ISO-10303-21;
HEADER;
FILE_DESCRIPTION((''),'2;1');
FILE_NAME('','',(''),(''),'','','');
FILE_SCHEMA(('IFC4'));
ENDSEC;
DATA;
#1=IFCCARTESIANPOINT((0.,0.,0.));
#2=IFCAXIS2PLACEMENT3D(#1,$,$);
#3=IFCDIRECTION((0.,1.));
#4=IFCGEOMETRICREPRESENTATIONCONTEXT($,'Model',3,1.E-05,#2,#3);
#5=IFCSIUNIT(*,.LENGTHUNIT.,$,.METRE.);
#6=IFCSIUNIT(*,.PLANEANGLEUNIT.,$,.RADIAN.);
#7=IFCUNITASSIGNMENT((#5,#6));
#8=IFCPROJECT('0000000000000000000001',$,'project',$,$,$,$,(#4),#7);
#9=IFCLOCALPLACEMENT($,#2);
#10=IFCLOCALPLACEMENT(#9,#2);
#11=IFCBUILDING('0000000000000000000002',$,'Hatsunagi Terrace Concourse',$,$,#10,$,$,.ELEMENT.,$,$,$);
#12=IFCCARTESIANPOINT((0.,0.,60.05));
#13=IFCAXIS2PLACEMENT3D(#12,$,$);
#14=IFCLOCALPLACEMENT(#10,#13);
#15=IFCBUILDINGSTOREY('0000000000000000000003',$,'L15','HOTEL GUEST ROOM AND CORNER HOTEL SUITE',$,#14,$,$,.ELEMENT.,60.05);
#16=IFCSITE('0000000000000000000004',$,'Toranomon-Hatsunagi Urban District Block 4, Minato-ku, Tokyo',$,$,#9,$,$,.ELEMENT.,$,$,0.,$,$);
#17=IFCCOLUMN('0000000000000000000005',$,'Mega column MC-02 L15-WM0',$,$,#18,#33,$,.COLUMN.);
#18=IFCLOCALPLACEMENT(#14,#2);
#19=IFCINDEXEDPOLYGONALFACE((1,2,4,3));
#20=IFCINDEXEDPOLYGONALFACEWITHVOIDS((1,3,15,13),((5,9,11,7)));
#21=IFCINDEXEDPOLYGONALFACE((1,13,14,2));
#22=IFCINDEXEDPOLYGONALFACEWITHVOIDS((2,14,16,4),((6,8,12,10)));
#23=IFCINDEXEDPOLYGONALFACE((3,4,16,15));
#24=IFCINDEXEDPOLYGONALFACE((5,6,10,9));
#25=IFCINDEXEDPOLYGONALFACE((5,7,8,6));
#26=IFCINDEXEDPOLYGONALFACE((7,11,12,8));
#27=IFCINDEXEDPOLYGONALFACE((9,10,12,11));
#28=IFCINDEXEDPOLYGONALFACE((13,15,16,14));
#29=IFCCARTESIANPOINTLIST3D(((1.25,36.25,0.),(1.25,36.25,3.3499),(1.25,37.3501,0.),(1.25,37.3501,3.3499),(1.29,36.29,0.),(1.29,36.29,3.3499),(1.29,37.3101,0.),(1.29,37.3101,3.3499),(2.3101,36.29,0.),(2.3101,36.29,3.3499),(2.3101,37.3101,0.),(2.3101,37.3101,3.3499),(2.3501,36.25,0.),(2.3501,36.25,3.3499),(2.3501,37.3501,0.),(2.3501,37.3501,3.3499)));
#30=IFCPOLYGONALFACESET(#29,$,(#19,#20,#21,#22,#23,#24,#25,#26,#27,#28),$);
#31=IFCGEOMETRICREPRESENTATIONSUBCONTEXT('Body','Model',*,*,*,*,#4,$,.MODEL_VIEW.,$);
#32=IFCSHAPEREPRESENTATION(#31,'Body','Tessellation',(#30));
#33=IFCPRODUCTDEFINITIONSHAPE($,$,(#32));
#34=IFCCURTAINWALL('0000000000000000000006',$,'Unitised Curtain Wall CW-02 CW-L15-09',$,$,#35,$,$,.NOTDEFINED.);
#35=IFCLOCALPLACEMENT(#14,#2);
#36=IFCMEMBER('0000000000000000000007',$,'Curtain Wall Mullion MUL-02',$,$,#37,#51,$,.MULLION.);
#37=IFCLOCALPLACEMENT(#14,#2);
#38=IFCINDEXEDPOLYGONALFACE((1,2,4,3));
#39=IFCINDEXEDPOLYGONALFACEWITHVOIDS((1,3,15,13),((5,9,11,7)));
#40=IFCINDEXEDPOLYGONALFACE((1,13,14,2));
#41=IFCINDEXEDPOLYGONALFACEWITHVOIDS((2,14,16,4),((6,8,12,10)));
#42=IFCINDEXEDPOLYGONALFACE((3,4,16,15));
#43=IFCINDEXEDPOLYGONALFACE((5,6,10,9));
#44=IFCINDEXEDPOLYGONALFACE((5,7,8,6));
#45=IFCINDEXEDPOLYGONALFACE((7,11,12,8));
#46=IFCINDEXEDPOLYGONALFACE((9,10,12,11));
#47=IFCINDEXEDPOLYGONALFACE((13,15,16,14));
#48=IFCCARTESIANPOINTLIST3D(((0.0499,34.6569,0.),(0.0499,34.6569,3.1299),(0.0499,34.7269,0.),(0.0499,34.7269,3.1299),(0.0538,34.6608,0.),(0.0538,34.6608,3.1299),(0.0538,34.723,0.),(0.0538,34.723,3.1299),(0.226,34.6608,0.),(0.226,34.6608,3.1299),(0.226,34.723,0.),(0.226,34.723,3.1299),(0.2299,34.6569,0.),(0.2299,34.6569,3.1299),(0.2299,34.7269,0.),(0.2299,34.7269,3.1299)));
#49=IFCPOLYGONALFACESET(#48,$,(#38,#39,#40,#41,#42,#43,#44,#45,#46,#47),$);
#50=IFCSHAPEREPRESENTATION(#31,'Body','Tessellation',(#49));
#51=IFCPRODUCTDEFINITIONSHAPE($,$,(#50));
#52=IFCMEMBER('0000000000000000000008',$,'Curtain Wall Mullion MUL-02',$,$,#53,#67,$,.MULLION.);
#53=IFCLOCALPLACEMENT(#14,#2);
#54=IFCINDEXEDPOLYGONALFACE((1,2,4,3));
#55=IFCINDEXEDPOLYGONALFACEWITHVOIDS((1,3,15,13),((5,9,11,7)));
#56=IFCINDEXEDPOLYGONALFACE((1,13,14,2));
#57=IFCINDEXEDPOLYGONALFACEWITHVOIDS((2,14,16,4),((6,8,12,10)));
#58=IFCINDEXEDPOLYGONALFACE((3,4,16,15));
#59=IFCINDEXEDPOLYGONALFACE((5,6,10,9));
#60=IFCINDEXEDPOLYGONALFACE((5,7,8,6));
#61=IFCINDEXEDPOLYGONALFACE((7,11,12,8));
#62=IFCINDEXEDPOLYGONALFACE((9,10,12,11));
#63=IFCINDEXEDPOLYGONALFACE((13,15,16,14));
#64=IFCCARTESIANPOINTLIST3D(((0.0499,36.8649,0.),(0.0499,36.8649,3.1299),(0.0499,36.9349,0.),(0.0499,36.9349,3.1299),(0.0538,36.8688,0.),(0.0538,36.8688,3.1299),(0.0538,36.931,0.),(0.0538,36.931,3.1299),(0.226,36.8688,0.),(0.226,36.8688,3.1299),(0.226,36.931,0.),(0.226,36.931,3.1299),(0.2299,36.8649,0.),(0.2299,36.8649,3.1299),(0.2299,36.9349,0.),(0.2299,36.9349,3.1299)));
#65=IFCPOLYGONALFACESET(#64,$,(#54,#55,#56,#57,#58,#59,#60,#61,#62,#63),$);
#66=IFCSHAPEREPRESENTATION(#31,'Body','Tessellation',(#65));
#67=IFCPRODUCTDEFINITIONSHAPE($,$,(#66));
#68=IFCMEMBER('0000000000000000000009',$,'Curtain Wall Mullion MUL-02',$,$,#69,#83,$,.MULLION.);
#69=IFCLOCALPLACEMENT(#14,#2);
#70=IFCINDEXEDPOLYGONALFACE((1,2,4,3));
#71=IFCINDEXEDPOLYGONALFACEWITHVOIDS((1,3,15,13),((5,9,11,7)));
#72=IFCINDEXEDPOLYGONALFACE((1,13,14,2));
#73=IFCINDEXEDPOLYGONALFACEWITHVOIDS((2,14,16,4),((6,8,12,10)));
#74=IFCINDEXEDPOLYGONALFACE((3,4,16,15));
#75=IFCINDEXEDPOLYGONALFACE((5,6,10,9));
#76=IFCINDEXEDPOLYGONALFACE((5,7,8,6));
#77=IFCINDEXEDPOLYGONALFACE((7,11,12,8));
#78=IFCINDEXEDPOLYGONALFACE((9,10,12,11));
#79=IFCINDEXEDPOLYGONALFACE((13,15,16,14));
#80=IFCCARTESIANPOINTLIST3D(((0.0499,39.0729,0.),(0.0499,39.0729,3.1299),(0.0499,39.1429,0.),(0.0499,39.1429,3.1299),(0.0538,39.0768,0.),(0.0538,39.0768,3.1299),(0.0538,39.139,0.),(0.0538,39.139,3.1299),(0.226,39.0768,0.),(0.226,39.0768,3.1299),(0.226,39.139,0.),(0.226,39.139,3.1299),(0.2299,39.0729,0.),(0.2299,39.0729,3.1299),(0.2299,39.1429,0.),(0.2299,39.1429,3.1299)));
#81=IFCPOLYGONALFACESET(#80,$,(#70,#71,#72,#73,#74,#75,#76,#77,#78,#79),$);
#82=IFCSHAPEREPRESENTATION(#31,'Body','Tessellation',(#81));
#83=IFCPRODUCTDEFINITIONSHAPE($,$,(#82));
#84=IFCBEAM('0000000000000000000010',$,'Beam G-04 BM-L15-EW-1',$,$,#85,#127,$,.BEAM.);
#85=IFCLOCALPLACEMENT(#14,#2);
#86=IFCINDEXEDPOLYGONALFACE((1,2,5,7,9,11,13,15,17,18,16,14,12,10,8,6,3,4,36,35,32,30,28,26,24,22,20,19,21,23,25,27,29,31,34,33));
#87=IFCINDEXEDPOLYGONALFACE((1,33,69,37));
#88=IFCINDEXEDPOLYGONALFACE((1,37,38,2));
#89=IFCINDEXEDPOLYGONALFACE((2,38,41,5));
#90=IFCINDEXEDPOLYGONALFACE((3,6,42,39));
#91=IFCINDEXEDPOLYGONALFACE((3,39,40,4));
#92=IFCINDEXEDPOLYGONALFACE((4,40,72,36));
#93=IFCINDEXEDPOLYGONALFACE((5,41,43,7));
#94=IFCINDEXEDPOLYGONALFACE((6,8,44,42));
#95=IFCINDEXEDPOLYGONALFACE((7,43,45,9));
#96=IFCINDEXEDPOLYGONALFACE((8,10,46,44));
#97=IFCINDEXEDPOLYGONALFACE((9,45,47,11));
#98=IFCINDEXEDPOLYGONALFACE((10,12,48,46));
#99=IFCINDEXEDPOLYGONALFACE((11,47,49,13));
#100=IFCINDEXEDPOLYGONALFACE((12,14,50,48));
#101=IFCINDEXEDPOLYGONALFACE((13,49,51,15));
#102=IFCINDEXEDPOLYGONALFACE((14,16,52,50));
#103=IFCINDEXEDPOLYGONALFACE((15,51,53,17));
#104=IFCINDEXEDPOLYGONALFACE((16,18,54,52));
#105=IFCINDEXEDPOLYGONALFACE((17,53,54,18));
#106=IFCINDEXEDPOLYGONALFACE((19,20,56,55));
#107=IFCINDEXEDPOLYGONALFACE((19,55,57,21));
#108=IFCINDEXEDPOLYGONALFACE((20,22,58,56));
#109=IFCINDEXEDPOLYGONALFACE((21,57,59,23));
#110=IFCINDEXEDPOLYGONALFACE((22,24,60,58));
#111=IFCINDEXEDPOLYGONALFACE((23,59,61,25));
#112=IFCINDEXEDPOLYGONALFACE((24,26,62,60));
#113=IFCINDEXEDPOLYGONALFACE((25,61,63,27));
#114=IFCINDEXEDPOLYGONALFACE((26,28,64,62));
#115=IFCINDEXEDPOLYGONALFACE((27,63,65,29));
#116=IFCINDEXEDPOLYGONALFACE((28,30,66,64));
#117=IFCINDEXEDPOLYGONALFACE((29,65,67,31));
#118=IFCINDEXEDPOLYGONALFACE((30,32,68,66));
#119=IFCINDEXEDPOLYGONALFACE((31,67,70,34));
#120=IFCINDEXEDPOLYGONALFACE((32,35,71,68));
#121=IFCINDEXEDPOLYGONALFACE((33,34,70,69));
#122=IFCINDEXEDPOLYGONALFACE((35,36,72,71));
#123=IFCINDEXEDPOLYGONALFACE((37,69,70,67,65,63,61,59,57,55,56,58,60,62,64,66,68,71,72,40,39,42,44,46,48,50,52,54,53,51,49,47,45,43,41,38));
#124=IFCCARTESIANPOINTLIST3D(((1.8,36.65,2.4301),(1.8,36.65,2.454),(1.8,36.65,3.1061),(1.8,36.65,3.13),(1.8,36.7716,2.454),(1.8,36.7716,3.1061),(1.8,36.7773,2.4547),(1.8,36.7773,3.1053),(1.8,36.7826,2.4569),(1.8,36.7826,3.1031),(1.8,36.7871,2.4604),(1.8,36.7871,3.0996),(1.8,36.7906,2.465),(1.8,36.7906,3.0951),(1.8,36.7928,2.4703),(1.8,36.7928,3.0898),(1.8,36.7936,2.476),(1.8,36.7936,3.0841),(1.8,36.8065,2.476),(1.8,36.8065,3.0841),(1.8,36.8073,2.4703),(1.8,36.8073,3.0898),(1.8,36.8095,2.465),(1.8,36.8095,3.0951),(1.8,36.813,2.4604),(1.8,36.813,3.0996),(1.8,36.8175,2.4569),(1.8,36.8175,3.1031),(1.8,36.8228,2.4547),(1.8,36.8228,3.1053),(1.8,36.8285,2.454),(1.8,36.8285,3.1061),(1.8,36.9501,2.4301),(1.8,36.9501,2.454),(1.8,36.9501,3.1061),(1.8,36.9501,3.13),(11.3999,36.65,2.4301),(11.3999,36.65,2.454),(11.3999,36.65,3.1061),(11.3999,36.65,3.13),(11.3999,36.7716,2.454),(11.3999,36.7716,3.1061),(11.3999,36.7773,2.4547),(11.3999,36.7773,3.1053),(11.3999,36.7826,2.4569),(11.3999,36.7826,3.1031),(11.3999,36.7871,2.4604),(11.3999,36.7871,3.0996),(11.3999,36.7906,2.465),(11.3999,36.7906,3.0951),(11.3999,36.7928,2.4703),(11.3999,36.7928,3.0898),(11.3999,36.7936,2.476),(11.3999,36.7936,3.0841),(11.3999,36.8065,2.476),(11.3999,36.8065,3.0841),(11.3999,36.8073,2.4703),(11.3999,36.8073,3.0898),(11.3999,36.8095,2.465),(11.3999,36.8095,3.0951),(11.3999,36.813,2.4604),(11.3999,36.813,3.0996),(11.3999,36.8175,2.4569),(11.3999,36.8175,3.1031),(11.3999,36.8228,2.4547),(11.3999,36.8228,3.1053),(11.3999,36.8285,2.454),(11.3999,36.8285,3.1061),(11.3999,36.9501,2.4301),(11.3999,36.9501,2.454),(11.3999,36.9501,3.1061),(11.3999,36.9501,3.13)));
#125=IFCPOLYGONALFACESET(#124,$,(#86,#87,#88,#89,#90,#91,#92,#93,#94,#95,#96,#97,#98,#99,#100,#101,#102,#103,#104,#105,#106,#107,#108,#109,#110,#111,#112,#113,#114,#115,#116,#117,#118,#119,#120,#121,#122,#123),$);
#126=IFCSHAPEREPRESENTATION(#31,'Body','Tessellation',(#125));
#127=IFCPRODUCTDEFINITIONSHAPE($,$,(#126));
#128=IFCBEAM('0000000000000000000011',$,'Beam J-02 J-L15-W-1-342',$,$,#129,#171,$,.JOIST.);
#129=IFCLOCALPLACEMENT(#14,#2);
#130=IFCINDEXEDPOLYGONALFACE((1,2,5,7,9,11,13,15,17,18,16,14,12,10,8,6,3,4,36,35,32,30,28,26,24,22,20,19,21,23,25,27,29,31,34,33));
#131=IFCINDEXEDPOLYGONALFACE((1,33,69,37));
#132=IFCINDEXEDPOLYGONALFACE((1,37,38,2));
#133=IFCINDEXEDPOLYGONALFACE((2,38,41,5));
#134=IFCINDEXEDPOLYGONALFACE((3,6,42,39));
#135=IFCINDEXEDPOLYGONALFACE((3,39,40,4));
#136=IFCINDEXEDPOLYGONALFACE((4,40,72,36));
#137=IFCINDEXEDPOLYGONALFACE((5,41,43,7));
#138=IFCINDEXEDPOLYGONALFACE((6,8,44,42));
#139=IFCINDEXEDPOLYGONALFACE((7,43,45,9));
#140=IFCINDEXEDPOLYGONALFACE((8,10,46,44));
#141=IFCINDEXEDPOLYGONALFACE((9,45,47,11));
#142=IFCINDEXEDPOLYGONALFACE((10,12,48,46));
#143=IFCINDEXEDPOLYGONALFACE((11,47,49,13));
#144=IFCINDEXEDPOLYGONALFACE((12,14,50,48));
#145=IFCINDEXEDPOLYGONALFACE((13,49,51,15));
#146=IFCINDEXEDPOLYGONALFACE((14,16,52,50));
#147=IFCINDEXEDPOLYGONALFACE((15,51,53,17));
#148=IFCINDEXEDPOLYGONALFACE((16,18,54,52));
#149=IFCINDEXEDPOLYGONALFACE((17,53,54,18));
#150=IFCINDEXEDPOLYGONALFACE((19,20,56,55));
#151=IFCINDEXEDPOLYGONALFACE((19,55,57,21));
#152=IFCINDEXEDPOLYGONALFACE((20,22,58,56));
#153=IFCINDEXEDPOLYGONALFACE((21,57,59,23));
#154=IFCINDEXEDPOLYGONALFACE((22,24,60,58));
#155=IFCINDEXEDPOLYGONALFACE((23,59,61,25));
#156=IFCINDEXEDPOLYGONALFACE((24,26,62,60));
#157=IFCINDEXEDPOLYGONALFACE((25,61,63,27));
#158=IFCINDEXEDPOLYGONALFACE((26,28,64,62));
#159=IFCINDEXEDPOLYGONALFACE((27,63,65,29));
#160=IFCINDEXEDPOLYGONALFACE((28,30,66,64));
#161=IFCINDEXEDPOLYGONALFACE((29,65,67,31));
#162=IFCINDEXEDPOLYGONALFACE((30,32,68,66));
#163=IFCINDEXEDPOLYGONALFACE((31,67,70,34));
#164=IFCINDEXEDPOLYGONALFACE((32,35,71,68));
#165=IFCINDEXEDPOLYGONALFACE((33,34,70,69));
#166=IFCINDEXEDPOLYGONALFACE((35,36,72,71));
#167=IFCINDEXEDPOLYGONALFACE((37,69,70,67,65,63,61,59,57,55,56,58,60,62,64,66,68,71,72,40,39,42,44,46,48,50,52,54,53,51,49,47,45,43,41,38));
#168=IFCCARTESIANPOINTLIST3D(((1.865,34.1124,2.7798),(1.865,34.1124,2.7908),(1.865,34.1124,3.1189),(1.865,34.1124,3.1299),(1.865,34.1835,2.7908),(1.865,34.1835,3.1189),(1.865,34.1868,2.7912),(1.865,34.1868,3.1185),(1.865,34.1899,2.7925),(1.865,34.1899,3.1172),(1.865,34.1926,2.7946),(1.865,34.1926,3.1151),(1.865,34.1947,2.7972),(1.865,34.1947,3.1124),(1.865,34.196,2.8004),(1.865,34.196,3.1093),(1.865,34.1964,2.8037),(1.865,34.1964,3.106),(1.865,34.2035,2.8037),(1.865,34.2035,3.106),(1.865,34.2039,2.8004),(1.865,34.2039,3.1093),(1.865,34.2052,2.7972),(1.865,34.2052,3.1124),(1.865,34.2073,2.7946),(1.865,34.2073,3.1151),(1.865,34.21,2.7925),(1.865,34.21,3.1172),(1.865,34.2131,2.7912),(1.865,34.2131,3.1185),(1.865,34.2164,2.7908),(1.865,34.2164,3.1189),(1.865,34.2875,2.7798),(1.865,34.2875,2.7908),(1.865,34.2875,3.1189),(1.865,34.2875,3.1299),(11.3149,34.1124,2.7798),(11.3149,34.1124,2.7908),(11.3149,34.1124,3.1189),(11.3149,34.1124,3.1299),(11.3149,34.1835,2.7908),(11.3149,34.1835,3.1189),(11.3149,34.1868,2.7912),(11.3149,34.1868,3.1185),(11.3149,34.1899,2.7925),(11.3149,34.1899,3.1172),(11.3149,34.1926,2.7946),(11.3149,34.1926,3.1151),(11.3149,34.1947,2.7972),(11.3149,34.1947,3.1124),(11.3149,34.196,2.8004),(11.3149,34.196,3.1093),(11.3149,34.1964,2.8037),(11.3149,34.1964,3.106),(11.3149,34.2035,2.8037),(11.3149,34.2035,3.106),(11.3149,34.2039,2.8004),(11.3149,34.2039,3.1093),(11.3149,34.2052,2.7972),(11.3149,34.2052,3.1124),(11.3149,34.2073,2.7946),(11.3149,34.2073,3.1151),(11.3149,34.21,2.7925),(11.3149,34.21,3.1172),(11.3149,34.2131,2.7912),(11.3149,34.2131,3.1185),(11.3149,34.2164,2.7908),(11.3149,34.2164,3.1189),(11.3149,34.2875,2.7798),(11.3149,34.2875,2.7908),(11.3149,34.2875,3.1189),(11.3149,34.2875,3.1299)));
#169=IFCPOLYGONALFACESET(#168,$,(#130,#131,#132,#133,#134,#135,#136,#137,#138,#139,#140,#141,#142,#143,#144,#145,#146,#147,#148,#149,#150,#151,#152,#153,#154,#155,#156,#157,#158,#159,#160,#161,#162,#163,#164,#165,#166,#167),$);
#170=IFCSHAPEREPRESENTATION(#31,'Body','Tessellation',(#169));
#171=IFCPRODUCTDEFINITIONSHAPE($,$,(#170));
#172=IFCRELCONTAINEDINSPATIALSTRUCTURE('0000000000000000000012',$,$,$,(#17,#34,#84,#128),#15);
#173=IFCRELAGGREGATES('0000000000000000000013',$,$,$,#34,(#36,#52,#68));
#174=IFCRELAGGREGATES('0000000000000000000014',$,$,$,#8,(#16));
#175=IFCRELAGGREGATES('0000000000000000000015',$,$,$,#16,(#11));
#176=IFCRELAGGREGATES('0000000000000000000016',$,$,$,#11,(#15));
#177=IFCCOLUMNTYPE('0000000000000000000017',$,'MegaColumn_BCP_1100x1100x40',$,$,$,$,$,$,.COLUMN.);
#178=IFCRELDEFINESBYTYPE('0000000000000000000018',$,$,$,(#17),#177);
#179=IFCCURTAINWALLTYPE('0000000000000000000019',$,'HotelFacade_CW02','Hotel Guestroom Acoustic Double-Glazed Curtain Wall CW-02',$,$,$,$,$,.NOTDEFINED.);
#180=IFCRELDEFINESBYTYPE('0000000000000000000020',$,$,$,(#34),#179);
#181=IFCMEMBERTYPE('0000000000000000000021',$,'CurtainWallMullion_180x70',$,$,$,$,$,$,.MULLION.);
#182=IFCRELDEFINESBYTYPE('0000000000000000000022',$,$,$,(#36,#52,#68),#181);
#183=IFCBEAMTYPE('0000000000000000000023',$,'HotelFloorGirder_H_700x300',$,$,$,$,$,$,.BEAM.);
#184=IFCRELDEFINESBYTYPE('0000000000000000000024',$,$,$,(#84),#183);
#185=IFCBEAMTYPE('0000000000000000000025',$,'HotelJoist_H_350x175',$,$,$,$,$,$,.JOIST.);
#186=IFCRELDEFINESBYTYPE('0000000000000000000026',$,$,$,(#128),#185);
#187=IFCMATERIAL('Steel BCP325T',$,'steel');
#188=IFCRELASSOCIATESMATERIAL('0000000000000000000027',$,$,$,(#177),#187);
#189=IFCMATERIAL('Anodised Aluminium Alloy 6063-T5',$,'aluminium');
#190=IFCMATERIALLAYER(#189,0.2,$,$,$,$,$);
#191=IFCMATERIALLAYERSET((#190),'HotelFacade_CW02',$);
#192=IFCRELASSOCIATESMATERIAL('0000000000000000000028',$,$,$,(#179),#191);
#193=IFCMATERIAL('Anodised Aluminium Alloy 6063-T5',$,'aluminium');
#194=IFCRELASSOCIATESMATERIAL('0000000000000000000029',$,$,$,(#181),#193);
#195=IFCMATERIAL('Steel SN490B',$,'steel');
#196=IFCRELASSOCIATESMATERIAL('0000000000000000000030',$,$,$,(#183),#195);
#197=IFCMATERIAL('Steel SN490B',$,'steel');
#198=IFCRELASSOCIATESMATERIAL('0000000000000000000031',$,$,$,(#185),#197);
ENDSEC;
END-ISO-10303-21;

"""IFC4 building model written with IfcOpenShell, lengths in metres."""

from ifc_helpers import new_model, si_unit, direction, frame, origin, origin_2d, place, context, subcontext, project, spatial, hollow_rectangle, i_section, extrude, material, layer, layer_set, material_profile, profile_set, type_object, element, aggregate, save


model = new_model("IFC4")

# Units and contexts
model_context = context("Model", 3, precision=1e-05, world=origin(), true_north=direction((0.0, 1.0)))
body_context = subcontext(model_context, "Body", "Model", "MODEL_VIEW")
ifc_project = project(units=[si_unit("LENGTHUNIT", "METRE"), si_unit("PLANEANGLEUNIT", "RADIAN")], contexts=[model_context])

# Site, building, storey
site_placement = place(None, origin())
site = spatial("IfcSite", under=ifc_project, at=site_placement, Name="Toranomon-Hatsunagi Urban District Block 4, Minato-ku, Tokyo", CompositionType="ELEMENT", RefElevation=0.0)
building_placement = place(site_placement, origin())
building = spatial("IfcBuilding", under=site, at=building_placement, Name="Hatsunagi Terrace Concourse", CompositionType="ELEMENT")
storey_placement = place(building_placement, frame((0.0, 0.0, 60.05)))
storey = spatial("IfcBuildingStorey", under=building, at=storey_placement, Name="L15", Description="HOTEL GUEST ROOM AND CORNER HOTEL SUITE", CompositionType="ELEMENT", Elevation=60.05)

# Column
ifc_material_1 = material(Name="Steel BCP325T", Category="steel")
ifc_material_profile_1 = material_profile(ifc_material_1, hollow_rectangle(XDim=1.1001, YDim=1.1001, WallThickness=0.04, at=origin_2d()), Name="BCP-1100x1100x40")
ifc_profile_set_1 = profile_set([ifc_material_profile_1], Name="Steel BCP325T")
column_type = type_object("IfcColumnType", Name="MegaColumn_BCP_1100x1100x40", PredefinedType="COLUMN", material=ifc_profile_set_1)
column_placement = place(storey_placement, frame((1.8, 36.8, 0.0), z_axis=(0.0, 0.0, 1.0), x_axis=(1.0, 0.0, 0.0)))
element("IfcColumn", 1, at=column_placement, inside=storey, type_object=column_type, Name="Mega column MC-02 L15-WM0", PredefinedType="COLUMN", context=body_context, shape_type="SweptSolid", body=[
    extrude(hollow_rectangle(XDim=1.1001, YDim=1.1001, WallThickness=0.04, at=origin_2d()), origin(), (0.0, 0.0, 1.0), 3.3499),
])

# Curtain wall, members
ifc_material_2 = material(Name="Anodised Aluminium Alloy 6063-T5", Category="aluminium")
ifc_layer_1 = layer(ifc_material_2, 0.2)
ifc_layer_set_1 = layer_set([ifc_layer_1], Name="HotelFacade_CW02")
curtain_wall_type = type_object("IfcCurtainWallType", Name="HotelFacade_CW02", Description="Hotel Guestroom Acoustic Double-Glazed Curtain Wall CW-02", PredefinedType="NOTDEFINED", material=ifc_layer_set_1)
curtain_wall_placement = place(storey_placement, origin())
curtain_wall = element("IfcCurtainWall", 2, at=curtain_wall_placement, inside=storey, type_object=curtain_wall_type, Name="Unitised Curtain Wall CW-02 CW-L15-09", PredefinedType="NOTDEFINED")
ifc_material_3 = material(Name="Anodised Aluminium Alloy 6063-T5", Category="aluminium")
ifc_material_profile_2 = material_profile(ifc_material_3, hollow_rectangle(XDim=0.0701, YDim=0.1799, WallThickness=0.0039, at=origin_2d()), Name="ALU-MUL-180x70x4")
ifc_profile_set_2 = profile_set([ifc_material_profile_2], Name="Anodised Aluminium Alloy 6063-T5")
member_type = type_object("IfcMemberType", Name="CurtainWallMullion_180x70", PredefinedType="MULLION", material=ifc_profile_set_2)
member_1_placement = place(storey_placement, frame((0.1399, 34.6919, 0.0), z_axis=(0.0, 0.0, 1.0), x_axis=(0.0, 1.0, 0.0)))
member_1 = element("IfcMember", 3, at=member_1_placement, type_object=member_type, Name="Curtain Wall Mullion MUL-02", PredefinedType="MULLION", context=body_context, shape_type="SweptSolid", body=[
    extrude(hollow_rectangle(XDim=0.0701, YDim=0.1799, WallThickness=0.0039, at=origin_2d()), origin(), (0.0, 0.0, 1.0), 3.1299),
])
member_2_placement = place(storey_placement, frame((0.1399, 36.8999, 0.0), z_axis=(0.0, 0.0, 1.0), x_axis=(0.0, 1.0, 0.0)))
member_2 = element("IfcMember", 4, at=member_2_placement, type_object=member_type, Name="Curtain Wall Mullion MUL-02", PredefinedType="MULLION", context=body_context, shape_type="SweptSolid", body=[
    extrude(hollow_rectangle(XDim=0.0701, YDim=0.1799, WallThickness=0.0039, at=origin_2d()), origin(), (0.0, 0.0, 1.0), 3.1299),
])
member_3_placement = place(storey_placement, frame((0.1399, 39.1079, 0.0), z_axis=(0.0, 0.0, 1.0), x_axis=(0.0, 1.0, 0.0)))
member_3 = element("IfcMember", 5, at=member_3_placement, type_object=member_type, Name="Curtain Wall Mullion MUL-02", PredefinedType="MULLION", context=body_context, shape_type="SweptSolid", body=[
    extrude(hollow_rectangle(XDim=0.0701, YDim=0.1799, WallThickness=0.0039, at=origin_2d()), origin(), (0.0, 0.0, 1.0), 3.1299),
])

# Beams
ifc_material_4 = material(Name="Steel SN490B", Category="steel")
ifc_material_profile_3 = material_profile(ifc_material_4, i_section(OverallWidth=0.3, OverallDepth=0.7, WebThickness=0.0129, FlangeThickness=0.0239, FilletRadius=0.022, at=origin_2d()), Name="H-700x300x13x24")
ifc_profile_set_3 = profile_set([ifc_material_profile_3], Name="Steel SN490B")
beam_type_1 = type_object("IfcBeamType", Name="HotelFloorGirder_H_700x300", PredefinedType="BEAM", material=ifc_profile_set_3)
beam_1_placement = place(storey_placement, frame((1.8, 36.8, 2.78), z_axis=(1.0, 0.0, 0.0), x_axis=(0.0, 1.0, 0.0)))
element("IfcBeam", 6, at=beam_1_placement, inside=storey, type_object=beam_type_1, Name="Beam G-04 BM-L15-EW-1", PredefinedType="BEAM", context=body_context, shape_type="SweptSolid", body=[
    extrude(i_section(OverallWidth=0.3, OverallDepth=0.7, WebThickness=0.0129, FlangeThickness=0.0239, FilletRadius=0.022, at=origin_2d()), origin(), (0.0, 0.0, 1.0), 9.5999),
])
ifc_material_5 = material(Name="Steel SN490B", Category="steel")
ifc_material_profile_4 = material_profile(ifc_material_5, i_section(OverallWidth=0.175, OverallDepth=0.3501, WebThickness=0.0071, FlangeThickness=0.011, FilletRadius=0.0129, at=origin_2d()), Name="H-350x175x7x11")
ifc_profile_set_4 = profile_set([ifc_material_profile_4], Name="Steel SN490B")
beam_type_2 = type_object("IfcBeamType", Name="HotelJoist_H_350x175", PredefinedType="JOIST", material=ifc_profile_set_4)
for number, where, z_axis, x_axis, name in (
    (7, (1.865, 34.2, 2.9548), (1.0, 0.0, 0.0), (0.0, 1.0, 0.0), "Beam J-02 J-L15-W-1-342"),
):
    element("IfcBeam", number, at=place(storey_placement, frame(where, z_axis=z_axis, x_axis=x_axis)), inside=storey, type_object=beam_type_2, Name=name, PredefinedType="JOIST", context=body_context, shape_type="SweptSolid", body=[
        extrude(i_section(OverallWidth=0.175, OverallDepth=0.3501, WebThickness=0.0071, FlangeThickness=0.011, FilletRadius=0.0129, at=origin_2d()), origin(), (0.0, 0.0, 1.0), 9.45),
    ])

aggregate(curtain_wall, [member_1, member_2, member_3])

save(model, "model.ifc")
